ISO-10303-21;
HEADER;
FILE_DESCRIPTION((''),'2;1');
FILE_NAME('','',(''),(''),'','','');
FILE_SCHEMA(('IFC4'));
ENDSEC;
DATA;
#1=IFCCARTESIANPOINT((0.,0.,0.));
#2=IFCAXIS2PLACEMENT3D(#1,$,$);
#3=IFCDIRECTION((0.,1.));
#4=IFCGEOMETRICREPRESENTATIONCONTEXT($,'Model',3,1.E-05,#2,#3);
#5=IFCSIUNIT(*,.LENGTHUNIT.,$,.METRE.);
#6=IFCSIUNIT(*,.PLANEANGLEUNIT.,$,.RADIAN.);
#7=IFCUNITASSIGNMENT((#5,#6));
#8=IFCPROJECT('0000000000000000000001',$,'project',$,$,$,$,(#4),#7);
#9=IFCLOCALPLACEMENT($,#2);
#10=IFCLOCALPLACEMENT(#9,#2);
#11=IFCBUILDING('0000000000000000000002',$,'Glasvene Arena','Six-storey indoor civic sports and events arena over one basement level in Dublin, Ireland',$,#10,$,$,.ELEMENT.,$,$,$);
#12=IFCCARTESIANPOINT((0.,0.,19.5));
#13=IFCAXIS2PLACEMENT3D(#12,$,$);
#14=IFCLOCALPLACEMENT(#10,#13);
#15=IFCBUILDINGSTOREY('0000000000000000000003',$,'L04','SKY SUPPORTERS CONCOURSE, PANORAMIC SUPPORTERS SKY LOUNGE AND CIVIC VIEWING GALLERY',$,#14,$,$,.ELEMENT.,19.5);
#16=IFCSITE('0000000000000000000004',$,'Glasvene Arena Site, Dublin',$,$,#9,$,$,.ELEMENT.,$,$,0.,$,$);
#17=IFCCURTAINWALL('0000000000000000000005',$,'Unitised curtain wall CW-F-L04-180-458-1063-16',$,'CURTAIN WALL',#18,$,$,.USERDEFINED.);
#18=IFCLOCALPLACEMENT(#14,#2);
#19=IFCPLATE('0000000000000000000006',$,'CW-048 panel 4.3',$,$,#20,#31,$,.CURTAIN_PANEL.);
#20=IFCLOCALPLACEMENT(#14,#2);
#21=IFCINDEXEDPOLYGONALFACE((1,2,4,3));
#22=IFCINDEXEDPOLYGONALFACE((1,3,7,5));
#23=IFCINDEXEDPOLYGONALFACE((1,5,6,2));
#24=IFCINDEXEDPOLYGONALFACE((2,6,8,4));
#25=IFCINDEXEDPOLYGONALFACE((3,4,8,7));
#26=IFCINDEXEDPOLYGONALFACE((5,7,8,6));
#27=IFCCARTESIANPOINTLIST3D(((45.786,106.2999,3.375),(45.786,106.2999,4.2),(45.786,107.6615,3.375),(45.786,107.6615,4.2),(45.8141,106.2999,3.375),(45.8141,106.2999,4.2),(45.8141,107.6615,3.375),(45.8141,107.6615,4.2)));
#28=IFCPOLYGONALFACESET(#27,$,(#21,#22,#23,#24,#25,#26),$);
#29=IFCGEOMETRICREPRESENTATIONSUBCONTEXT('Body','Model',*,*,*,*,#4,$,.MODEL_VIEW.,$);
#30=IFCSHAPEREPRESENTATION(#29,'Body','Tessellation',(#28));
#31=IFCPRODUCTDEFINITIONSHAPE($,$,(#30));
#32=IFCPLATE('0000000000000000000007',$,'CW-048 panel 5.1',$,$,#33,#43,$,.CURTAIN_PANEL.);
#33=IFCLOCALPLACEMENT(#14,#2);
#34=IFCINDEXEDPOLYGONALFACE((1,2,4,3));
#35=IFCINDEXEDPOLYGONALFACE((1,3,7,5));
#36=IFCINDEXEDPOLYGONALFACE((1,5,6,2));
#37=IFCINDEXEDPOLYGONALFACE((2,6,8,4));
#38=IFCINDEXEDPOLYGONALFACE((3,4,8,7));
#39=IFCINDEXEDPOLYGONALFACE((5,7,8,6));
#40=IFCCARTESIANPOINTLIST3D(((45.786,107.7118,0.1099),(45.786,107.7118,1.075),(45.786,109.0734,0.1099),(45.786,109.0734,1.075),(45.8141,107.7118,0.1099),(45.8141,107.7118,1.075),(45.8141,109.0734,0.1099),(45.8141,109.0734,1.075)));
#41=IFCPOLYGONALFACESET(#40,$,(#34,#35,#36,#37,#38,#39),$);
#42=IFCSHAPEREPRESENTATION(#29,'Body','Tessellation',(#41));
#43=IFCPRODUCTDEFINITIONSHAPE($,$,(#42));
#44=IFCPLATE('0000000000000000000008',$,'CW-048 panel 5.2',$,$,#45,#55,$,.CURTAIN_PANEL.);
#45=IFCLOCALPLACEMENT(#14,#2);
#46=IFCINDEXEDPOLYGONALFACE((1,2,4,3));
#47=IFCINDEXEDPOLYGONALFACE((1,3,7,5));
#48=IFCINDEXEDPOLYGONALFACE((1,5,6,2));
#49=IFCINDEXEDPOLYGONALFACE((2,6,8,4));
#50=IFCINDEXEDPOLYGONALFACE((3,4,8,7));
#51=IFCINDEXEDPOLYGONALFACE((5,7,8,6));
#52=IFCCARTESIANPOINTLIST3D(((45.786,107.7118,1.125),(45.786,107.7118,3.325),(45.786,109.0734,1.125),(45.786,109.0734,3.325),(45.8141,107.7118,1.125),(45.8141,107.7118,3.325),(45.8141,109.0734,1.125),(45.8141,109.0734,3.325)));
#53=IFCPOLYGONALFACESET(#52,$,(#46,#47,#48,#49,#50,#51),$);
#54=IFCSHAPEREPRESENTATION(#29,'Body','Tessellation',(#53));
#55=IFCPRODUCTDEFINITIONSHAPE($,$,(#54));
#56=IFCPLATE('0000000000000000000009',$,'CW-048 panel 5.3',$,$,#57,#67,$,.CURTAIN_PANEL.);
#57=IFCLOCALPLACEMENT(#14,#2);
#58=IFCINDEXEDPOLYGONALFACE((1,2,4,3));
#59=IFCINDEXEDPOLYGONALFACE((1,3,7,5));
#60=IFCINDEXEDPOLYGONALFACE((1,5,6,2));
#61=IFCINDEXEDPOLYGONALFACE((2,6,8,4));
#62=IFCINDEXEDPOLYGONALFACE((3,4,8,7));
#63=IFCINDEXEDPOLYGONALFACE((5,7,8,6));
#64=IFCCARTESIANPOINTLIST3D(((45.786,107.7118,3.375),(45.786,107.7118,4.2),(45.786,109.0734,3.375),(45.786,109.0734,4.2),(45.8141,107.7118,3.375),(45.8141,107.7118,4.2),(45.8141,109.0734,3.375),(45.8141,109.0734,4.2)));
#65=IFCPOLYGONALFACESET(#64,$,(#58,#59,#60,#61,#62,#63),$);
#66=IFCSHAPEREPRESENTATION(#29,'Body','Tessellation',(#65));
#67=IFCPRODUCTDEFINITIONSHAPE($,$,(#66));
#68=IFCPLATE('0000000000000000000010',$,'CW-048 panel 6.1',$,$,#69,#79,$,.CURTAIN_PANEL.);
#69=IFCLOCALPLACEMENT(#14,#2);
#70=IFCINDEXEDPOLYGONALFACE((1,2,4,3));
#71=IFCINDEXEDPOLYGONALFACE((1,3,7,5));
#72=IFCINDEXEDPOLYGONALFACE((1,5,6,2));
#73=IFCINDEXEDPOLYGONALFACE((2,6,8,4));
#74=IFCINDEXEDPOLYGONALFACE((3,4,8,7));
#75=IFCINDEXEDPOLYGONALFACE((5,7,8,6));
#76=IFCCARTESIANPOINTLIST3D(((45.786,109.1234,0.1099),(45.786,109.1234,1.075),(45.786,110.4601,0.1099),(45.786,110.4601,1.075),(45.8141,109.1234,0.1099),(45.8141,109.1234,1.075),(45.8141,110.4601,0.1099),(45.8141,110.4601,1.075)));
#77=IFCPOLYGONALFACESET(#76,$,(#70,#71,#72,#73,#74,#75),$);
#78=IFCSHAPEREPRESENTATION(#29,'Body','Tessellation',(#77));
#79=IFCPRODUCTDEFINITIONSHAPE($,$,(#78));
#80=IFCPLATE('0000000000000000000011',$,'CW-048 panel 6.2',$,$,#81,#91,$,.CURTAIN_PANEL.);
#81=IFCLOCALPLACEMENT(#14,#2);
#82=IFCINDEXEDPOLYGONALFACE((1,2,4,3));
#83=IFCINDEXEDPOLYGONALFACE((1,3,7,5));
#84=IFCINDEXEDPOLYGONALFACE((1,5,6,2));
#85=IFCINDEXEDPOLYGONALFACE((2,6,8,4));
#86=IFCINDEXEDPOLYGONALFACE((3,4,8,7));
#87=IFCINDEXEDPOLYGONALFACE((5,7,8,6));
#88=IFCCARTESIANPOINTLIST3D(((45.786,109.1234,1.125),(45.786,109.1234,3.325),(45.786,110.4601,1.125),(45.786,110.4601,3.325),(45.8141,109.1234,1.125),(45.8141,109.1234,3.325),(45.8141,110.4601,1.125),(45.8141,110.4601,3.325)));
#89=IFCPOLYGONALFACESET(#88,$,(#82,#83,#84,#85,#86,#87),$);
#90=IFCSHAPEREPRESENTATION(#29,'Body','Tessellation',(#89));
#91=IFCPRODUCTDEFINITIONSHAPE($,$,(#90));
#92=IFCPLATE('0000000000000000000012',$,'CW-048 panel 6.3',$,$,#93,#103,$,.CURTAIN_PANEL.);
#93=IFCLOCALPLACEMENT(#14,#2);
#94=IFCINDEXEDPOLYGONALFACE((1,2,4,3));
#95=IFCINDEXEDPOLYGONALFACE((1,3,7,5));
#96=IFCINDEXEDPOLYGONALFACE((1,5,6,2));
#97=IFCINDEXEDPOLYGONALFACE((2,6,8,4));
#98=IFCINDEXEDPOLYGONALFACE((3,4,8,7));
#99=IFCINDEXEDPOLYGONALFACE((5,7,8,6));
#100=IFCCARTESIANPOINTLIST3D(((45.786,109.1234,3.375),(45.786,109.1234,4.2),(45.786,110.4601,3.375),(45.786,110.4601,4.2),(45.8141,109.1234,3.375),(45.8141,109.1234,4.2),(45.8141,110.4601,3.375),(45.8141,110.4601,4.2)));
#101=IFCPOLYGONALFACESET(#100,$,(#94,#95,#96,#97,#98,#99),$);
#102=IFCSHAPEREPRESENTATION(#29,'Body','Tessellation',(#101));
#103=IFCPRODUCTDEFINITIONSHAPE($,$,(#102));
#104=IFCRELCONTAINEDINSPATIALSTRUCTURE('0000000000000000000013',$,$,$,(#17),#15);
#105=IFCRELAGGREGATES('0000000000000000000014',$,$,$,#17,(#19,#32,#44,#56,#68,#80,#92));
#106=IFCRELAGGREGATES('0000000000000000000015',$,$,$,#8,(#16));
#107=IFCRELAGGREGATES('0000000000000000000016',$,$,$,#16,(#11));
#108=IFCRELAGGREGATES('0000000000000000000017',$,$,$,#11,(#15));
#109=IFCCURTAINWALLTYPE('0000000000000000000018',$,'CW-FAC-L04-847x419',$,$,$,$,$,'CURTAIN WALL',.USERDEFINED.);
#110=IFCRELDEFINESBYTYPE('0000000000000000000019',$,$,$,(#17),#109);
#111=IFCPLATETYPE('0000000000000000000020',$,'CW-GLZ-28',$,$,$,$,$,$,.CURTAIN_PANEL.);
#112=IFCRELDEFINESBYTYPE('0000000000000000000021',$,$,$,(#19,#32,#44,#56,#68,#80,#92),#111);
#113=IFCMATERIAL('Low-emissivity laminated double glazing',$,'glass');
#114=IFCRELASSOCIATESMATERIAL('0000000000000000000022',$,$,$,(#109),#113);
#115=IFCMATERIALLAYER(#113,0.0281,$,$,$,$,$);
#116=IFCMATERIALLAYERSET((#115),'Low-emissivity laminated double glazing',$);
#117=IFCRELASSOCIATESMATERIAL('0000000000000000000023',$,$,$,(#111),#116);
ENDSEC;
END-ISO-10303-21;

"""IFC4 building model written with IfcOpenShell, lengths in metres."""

from ifc_helpers import new_model, si_unit, direction, frame, origin, origin_2d, place, context, subcontext, project, spatial, rectangle, extrude, material, layer, layer_set, type_object, element, aggregate, save


model = new_model("IFC4")

# Units and contexts
model_context = context("Model", 3, precision=1e-05, world=origin(), true_north=direction((0.0, 1.0)))
body_context = subcontext(model_context, "Body", "Model", "MODEL_VIEW")
ifc_project = project(units=[si_unit("LENGTHUNIT", "METRE"), si_unit("PLANEANGLEUNIT", "RADIAN")], contexts=[model_context])

# Site, building, storey
site_placement = place(None, origin())
site = spatial("IfcSite", under=ifc_project, at=site_placement, Name="Glasvene Arena Site, Dublin", CompositionType="ELEMENT", RefElevation=0.0)
building_placement = place(site_placement, origin())
building = spatial("IfcBuilding", under=site, at=building_placement, Name="Glasvene Arena", Description="Six-storey indoor civic sports and events arena over one basement level in Dublin, Ireland", CompositionType="ELEMENT")
storey_placement = place(building_placement, frame((0.0, 0.0, 19.5)))
storey = spatial("IfcBuildingStorey", under=building, at=storey_placement, Name="L04", Description="SKY SUPPORTERS CONCOURSE, PANORAMIC SUPPORTERS SKY LOUNGE AND CIVIC VIEWING GALLERY", CompositionType="ELEMENT", Elevation=19.5)

# Curtain wall, plates
ifc_material_1 = material(Name="Low-emissivity laminated double glazing", Category="glass")
curtain_wall_type = type_object("IfcCurtainWallType", Name="CW-FAC-L04-847x419", ElementType="CURTAIN WALL", PredefinedType="USERDEFINED", material=ifc_material_1)
curtain_wall_placement = place(storey_placement, frame((45.8, 102.04, 0.0)))
curtain_wall = element("IfcCurtainWall", 1, at=curtain_wall_placement, inside=storey, type_object=curtain_wall_type, Name="Unitised curtain wall CW-F-L04-180-458-1063-16", ObjectType="CURTAIN WALL", PredefinedType="USERDEFINED")
ifc_layer = layer(ifc_material_1, 0.0281)
ifc_layer_set = layer_set([ifc_layer], Name="Low-emissivity laminated double glazing")
plate_type = type_object("IfcPlateType", Name="CW-GLZ-28", PredefinedType="CURTAIN_PANEL", material=ifc_layer_set)
plate_1_placement = place(storey_placement, frame((45.8, 106.9807, 3.375), z_axis=(0.0, 0.0, 1.0), x_axis=(0.0, 1.0, 0.0)))
plate_1 = element("IfcPlate", 2, at=plate_1_placement, type_object=plate_type, Name="CW-048 panel 4.3", PredefinedType="CURTAIN_PANEL", context=body_context, shape_type="SweptSolid", body=[
    extrude(rectangle(XDim=1.3616, YDim=0.0281, at=origin_2d()), origin(), (0.0, 0.0, 1.0), 0.825),
])
plate_2_placement = place(storey_placement, frame((45.8, 108.3926, 0.1099), z_axis=(0.0, 0.0, 1.0), x_axis=(0.0, 1.0, 0.0)))
plate_2 = element("IfcPlate", 3, at=plate_2_placement, type_object=plate_type, Name="CW-048 panel 5.1", PredefinedType="CURTAIN_PANEL", context=body_context, shape_type="SweptSolid", body=[
    extrude(rectangle(XDim=1.3616, YDim=0.0281, at=origin_2d()), origin(), (0.0, 0.0, 1.0), 0.9651),
])
plate_3_placement = place(storey_placement, frame((45.8, 108.3926, 1.125), z_axis=(0.0, 0.0, 1.0), x_axis=(0.0, 1.0, 0.0)))
plate_3 = element("IfcPlate", 4, at=plate_3_placement, type_object=plate_type, Name="CW-048 panel 5.2", PredefinedType="CURTAIN_PANEL", context=body_context, shape_type="SweptSolid", body=[
    extrude(rectangle(XDim=1.3616, YDim=0.0281, at=origin_2d()), origin(), (0.0, 0.0, 1.0), 2.2),
])
plate_4_placement = place(storey_placement, frame((45.8, 108.3926, 3.375), z_axis=(0.0, 0.0, 1.0), x_axis=(0.0, 1.0, 0.0)))
plate_4 = element("IfcPlate", 5, at=plate_4_placement, type_object=plate_type, Name="CW-048 panel 5.3", PredefinedType="CURTAIN_PANEL", context=body_context, shape_type="SweptSolid", body=[
    extrude(rectangle(XDim=1.3616, YDim=0.0281, at=origin_2d()), origin(), (0.0, 0.0, 1.0), 0.825),
])
plate_5_placement = place(storey_placement, frame((45.8, 109.7917, 0.1099), z_axis=(0.0, 0.0, 1.0), x_axis=(0.0, 1.0, 0.0)))
plate_5 = element("IfcPlate", 6, at=plate_5_placement, type_object=plate_type, Name="CW-048 panel 6.1", PredefinedType="CURTAIN_PANEL", context=body_context, shape_type="SweptSolid", body=[
    extrude(rectangle(XDim=1.3367, YDim=0.0281, at=origin_2d()), origin(), (0.0, 0.0, 1.0), 0.9651),
])
plate_6_placement = place(storey_placement, frame((45.8, 109.7917, 1.125), z_axis=(0.0, 0.0, 1.0), x_axis=(0.0, 1.0, 0.0)))
plate_6 = element("IfcPlate", 7, at=plate_6_placement, type_object=plate_type, Name="CW-048 panel 6.2", PredefinedType="CURTAIN_PANEL", context=body_context, shape_type="SweptSolid", body=[
    extrude(rectangle(XDim=1.3367, YDim=0.0281, at=origin_2d()), origin(), (0.0, 0.0, 1.0), 2.2),
])
plate_7_placement = place(storey_placement, frame((45.8, 109.7917, 3.375), z_axis=(0.0, 0.0, 1.0), x_axis=(0.0, 1.0, 0.0)))
plate_7 = element("IfcPlate", 8, at=plate_7_placement, type_object=plate_type, Name="CW-048 panel 6.3", PredefinedType="CURTAIN_PANEL", context=body_context, shape_type="SweptSolid", body=[
    extrude(rectangle(XDim=1.3367, YDim=0.0281, at=origin_2d()), origin(), (0.0, 0.0, 1.0), 0.825),
])
aggregate(curtain_wall, [plate_1, plate_2, plate_3, plate_4, plate_5, plate_6, plate_7])

save(model, "model.ifc")
